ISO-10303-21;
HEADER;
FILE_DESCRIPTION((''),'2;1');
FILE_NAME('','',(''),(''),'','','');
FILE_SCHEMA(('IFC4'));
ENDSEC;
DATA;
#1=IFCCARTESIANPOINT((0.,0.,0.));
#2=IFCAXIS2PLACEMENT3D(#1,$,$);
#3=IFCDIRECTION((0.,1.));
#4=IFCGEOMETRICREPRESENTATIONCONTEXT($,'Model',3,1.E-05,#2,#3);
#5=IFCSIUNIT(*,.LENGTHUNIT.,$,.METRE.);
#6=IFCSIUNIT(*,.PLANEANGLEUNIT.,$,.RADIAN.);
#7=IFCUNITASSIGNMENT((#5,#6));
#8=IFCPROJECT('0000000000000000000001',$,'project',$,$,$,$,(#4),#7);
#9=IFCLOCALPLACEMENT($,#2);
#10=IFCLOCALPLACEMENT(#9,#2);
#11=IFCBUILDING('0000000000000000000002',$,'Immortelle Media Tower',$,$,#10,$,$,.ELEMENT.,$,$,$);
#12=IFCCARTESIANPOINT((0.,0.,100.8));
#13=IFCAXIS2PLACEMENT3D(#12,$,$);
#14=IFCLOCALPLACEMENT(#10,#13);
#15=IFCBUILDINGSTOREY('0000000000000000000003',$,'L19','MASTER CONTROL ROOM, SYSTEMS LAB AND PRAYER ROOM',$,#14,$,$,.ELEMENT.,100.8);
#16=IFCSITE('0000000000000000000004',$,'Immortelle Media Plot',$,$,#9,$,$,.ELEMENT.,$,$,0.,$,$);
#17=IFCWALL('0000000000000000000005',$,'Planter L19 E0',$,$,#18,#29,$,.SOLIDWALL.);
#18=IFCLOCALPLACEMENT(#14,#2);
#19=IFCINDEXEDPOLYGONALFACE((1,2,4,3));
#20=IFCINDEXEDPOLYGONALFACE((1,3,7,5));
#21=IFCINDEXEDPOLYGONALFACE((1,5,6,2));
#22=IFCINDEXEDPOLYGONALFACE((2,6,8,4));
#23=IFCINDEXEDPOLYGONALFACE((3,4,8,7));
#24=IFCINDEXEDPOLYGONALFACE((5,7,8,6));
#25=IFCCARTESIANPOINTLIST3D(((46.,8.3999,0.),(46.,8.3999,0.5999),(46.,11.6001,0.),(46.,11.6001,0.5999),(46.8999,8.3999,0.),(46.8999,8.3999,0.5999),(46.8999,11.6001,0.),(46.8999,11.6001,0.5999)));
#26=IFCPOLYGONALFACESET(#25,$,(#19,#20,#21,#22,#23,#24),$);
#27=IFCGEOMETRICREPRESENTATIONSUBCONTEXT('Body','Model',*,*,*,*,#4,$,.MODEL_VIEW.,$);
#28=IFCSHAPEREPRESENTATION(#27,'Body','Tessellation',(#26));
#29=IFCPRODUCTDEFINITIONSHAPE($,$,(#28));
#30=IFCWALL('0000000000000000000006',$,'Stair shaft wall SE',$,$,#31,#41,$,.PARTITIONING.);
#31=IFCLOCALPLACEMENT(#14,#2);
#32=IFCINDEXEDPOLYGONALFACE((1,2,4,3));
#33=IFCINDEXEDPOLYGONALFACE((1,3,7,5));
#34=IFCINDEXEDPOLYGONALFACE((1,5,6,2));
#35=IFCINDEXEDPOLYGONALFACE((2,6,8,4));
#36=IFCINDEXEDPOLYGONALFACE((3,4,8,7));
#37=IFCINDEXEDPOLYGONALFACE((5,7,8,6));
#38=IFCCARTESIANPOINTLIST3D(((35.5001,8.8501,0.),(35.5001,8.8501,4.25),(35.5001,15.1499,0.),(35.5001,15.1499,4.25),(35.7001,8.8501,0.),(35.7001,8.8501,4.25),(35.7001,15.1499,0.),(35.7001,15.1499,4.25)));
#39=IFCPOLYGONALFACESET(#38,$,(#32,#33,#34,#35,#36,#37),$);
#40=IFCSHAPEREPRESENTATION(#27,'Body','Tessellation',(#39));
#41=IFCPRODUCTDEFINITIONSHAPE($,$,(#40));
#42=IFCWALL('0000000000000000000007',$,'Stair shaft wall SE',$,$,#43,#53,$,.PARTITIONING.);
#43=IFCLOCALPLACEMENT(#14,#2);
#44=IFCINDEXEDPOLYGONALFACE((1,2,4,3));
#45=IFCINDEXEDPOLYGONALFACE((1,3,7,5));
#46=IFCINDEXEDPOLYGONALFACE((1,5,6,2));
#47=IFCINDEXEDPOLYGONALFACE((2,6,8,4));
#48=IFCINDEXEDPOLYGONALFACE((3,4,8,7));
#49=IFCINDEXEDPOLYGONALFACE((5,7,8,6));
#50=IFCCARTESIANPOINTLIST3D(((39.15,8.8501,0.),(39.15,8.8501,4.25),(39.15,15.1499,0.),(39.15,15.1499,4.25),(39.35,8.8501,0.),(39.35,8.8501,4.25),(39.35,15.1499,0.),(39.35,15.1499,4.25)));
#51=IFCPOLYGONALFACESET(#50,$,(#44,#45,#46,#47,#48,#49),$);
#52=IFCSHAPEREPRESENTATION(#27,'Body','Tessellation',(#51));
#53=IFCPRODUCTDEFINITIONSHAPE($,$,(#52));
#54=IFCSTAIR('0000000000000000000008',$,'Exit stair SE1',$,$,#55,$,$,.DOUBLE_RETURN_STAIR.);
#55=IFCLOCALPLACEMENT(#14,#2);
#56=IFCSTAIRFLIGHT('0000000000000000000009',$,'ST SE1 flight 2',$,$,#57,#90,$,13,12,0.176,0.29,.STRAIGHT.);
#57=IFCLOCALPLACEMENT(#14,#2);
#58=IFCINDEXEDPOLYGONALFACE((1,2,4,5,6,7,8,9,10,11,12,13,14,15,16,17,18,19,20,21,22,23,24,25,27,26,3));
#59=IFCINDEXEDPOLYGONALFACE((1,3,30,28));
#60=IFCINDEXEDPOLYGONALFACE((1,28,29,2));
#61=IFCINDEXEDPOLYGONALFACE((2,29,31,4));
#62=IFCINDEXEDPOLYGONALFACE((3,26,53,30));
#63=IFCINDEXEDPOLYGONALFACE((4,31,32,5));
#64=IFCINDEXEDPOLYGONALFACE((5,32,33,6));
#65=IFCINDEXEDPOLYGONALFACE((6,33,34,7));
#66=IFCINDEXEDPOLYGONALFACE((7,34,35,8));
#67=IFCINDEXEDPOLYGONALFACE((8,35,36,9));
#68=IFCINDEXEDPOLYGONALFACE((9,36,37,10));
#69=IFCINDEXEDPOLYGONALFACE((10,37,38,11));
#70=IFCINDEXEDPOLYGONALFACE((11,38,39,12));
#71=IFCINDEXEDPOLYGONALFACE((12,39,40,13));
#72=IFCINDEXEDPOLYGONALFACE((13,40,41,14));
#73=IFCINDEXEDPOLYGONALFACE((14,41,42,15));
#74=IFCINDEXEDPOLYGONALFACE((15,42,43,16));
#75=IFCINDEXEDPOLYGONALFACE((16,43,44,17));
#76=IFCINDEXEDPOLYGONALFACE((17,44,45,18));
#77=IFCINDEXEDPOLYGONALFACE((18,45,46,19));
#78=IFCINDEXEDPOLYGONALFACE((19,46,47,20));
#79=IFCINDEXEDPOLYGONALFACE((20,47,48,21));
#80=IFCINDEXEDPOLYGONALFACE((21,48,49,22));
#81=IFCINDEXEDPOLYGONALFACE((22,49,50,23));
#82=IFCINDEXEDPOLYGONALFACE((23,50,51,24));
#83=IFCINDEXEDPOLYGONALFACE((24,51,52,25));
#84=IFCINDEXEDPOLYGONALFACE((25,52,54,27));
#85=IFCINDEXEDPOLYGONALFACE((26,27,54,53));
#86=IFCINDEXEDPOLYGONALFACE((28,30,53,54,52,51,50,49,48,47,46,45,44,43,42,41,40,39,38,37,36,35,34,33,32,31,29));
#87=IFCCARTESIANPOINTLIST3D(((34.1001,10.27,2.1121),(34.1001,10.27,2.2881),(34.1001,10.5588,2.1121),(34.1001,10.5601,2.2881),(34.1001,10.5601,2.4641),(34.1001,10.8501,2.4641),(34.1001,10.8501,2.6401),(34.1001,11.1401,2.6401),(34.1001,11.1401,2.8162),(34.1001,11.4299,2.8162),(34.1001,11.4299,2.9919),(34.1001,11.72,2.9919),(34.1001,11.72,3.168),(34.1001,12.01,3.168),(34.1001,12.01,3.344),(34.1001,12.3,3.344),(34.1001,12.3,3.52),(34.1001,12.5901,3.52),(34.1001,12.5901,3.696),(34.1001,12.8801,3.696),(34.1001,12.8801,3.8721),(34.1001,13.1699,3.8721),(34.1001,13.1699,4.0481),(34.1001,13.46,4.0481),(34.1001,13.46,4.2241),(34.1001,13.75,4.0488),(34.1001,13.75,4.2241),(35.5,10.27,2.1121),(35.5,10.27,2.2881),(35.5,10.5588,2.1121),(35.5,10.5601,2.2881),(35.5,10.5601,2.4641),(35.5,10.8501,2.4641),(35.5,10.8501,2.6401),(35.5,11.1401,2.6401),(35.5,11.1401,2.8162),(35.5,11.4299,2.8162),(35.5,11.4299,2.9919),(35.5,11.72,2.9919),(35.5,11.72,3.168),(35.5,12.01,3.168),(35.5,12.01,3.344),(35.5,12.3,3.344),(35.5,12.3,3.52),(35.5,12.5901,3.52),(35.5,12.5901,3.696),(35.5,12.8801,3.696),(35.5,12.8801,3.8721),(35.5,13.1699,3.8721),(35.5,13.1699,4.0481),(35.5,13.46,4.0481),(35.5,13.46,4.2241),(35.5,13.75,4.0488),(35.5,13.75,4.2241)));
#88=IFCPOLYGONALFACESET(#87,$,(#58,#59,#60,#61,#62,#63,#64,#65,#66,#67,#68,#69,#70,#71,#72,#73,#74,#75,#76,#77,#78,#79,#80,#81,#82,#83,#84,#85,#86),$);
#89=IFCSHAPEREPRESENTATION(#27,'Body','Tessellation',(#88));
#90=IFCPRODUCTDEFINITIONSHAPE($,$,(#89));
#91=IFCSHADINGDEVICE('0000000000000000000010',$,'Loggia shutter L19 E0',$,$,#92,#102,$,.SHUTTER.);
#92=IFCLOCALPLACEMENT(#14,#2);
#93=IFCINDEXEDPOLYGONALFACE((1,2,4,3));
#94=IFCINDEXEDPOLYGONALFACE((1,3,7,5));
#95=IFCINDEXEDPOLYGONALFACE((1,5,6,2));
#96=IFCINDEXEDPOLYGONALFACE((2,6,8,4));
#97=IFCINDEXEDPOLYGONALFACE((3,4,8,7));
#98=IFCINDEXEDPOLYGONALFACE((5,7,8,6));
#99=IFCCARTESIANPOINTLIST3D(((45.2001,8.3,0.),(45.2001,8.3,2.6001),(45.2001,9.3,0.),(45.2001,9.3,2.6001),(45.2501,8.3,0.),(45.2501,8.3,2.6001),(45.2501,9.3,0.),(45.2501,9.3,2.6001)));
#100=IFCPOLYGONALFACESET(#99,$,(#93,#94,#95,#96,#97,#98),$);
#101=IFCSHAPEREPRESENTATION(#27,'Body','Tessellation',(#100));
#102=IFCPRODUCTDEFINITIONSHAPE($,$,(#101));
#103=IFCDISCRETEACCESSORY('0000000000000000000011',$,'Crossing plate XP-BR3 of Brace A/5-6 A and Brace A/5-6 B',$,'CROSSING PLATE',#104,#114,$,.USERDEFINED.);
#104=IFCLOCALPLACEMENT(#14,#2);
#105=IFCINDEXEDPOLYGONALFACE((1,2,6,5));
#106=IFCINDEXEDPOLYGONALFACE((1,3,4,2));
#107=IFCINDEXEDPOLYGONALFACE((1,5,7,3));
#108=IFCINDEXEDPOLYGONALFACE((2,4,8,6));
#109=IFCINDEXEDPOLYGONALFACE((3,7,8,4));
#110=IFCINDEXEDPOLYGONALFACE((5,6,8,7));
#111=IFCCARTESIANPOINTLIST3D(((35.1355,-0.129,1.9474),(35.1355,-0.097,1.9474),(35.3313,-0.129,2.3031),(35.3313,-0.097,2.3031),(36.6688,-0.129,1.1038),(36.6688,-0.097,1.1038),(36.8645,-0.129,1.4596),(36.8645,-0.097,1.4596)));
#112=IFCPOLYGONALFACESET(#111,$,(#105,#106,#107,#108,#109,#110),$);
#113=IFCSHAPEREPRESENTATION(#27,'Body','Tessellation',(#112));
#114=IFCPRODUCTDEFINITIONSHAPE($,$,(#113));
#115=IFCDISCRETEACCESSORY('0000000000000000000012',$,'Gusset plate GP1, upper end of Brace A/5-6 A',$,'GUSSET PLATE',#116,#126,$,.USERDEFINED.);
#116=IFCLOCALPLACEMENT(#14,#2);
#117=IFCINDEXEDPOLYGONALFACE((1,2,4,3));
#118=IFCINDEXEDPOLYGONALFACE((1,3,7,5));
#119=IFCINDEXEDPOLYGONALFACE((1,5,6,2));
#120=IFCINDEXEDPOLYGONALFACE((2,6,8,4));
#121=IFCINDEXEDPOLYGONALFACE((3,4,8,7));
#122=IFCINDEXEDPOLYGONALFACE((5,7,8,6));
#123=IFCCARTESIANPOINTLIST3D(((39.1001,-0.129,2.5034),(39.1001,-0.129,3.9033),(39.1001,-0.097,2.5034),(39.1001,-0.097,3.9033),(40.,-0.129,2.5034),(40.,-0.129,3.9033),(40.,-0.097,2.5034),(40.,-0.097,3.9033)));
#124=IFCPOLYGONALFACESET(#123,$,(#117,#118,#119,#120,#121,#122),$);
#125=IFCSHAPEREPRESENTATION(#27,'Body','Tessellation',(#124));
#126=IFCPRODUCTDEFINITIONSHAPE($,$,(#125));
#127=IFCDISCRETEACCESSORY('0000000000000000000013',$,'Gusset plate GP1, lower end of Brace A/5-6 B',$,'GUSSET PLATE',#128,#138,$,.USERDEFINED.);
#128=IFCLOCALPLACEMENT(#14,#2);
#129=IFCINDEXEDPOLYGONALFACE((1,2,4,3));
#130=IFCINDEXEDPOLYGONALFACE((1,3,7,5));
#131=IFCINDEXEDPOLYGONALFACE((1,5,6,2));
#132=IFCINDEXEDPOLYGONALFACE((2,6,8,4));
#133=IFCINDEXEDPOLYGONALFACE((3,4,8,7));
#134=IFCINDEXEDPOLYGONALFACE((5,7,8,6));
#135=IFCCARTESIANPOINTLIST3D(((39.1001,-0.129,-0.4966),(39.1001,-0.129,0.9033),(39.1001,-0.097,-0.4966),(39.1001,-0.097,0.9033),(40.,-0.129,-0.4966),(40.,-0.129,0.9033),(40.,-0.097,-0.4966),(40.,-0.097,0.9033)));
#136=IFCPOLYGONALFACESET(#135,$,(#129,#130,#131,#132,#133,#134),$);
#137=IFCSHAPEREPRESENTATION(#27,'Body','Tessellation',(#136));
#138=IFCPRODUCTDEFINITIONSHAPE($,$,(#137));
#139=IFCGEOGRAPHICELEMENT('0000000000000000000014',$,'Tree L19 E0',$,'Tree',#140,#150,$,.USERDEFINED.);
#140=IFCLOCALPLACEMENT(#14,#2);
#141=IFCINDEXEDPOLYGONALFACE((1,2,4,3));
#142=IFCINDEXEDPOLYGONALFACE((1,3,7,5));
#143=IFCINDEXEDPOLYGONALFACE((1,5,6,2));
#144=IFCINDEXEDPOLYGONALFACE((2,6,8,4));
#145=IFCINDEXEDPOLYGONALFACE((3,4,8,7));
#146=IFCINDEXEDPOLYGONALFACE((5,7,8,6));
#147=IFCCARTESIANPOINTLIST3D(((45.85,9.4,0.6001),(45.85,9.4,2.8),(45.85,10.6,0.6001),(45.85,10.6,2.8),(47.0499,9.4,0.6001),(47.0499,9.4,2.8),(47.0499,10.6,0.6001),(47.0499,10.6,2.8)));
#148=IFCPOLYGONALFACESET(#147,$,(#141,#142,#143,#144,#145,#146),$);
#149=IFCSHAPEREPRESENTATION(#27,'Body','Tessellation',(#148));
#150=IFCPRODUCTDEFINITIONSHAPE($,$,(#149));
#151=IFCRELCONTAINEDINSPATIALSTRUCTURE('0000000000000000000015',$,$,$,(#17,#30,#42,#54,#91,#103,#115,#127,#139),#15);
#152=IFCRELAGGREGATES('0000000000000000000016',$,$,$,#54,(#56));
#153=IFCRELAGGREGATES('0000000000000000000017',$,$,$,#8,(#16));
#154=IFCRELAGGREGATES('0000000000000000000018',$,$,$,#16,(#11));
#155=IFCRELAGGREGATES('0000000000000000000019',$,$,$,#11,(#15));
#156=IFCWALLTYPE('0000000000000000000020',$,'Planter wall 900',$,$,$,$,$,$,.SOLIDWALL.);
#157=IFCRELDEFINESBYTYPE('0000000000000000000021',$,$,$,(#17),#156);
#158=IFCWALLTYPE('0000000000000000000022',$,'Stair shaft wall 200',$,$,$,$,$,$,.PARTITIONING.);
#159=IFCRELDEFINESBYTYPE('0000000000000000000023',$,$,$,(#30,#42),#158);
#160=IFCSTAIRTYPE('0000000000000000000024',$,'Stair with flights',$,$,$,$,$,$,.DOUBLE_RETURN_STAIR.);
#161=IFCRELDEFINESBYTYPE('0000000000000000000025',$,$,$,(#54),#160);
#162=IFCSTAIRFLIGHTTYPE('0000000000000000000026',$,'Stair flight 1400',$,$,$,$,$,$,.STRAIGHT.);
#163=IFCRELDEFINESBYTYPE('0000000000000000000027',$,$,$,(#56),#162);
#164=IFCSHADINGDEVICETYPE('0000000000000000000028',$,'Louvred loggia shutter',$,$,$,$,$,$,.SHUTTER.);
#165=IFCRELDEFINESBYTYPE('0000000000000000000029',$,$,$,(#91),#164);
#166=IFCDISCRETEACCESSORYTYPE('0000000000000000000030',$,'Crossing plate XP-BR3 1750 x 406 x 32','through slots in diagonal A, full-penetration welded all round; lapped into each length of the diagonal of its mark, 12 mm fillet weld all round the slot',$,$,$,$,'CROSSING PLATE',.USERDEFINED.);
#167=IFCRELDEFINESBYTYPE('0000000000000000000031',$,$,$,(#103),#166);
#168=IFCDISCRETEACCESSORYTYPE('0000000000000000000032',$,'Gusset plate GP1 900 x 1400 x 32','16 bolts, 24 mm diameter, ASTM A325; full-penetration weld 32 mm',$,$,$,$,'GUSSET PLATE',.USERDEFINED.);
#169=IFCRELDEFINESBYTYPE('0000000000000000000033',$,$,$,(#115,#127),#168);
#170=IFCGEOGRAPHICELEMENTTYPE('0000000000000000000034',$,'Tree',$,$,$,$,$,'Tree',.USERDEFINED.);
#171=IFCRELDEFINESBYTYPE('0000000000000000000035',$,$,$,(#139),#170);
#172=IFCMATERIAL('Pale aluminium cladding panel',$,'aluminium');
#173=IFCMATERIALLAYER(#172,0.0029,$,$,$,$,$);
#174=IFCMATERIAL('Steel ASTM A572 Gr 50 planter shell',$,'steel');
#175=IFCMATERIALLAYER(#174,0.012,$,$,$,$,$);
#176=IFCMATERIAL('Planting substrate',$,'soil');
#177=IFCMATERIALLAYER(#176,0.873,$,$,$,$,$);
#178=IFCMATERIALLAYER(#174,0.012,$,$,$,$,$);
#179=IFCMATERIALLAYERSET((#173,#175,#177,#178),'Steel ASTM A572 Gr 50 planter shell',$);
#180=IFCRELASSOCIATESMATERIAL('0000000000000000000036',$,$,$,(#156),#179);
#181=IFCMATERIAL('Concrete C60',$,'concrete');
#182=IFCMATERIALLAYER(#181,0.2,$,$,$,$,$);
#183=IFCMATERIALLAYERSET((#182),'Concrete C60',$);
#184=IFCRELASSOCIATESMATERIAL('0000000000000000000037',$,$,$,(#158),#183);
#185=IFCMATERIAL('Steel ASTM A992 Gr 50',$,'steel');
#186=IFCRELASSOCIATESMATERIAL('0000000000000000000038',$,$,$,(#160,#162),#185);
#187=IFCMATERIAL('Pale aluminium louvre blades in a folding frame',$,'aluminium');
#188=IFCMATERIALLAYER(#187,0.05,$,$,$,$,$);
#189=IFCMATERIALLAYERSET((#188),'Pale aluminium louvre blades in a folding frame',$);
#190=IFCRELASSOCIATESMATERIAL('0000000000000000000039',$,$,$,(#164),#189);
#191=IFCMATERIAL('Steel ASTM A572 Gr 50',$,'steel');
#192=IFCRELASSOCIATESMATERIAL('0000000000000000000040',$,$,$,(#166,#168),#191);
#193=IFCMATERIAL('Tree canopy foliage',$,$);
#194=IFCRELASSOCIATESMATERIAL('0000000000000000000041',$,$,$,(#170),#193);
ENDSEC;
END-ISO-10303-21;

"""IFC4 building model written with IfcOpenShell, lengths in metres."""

from ifc_helpers import new_model, si_unit, direction, frame, frame_2d, origin, origin_2d, place, context, subcontext, project, spatial, polyline, rectangle, outline, extrude, material, layer, layer_set, material_profile, profile_set, type_object, element, aggregate, save


model = new_model("IFC4")

# Units and contexts
model_context = context("Model", 3, precision=1e-05, world=origin(), true_north=direction((0.0, 1.0)))
body_context = subcontext(model_context, "Body", "Model", "MODEL_VIEW")
ifc_project = project(units=[si_unit("LENGTHUNIT", "METRE"), si_unit("PLANEANGLEUNIT", "RADIAN")], contexts=[model_context])

# Site, building, storey
site_placement = place(None, origin())
site = spatial("IfcSite", under=ifc_project, at=site_placement, Name="Immortelle Media Plot", CompositionType="ELEMENT", RefElevation=0.0)
building_placement = place(site_placement, origin())
building = spatial("IfcBuilding", under=site, at=building_placement, Name="Immortelle Media Tower", CompositionType="ELEMENT")
storey_placement = place(building_placement, frame((0.0, 0.0, 100.8)))
storey = spatial("IfcBuildingStorey", under=building, at=storey_placement, Name="L19", Description="MASTER CONTROL ROOM, SYSTEMS LAB AND PRAYER ROOM", CompositionType="ELEMENT", Elevation=100.8)

# Shared definitions
ifc_material_1 = material(Name="Steel ASTM A992 Gr 50", Category="steel")

# Shared definitions
ifc_material_2 = material(Name="Pale aluminium cladding panel", Category="aluminium")

# Walls
ifc_layer_1 = layer(ifc_material_2, 0.0029)
ifc_material_3 = material(Name="Steel ASTM A572 Gr 50 planter shell", Category="steel")
ifc_layer_2 = layer(ifc_material_3, 0.012)
ifc_material_4 = material(Name="Planting substrate", Category="soil")
ifc_layer_3 = layer(ifc_material_4, 0.873)
ifc_layer_4 = layer(ifc_material_3, 0.012)
ifc_layer_set_1 = layer_set([ifc_layer_1, ifc_layer_2, ifc_layer_3, ifc_layer_4], Name="Steel ASTM A572 Gr 50 planter shell")
wall_type_1 = type_object("IfcWallType", Name="Planter wall 900", PredefinedType="SOLIDWALL", material=ifc_layer_set_1)
wall_1_placement = place(storey_placement, frame((46.45, 8.3999, 0.0), z_axis=(0.0, 0.0, 1.0), x_axis=(0.0, 1.0, 0.0)))
element("IfcWall", 1, at=wall_1_placement, inside=storey, type_object=wall_type_1, Name="Planter L19 E0", PredefinedType="SOLIDWALL", context=body_context, shape_type="SweptSolid", body=[
    extrude(rectangle(XDim=3.2002, YDim=0.8999, at=frame_2d((1.6001, 0.0))), origin(), (0.0, 0.0, 1.0), 0.5999),
])
ifc_material_5 = material(Name="Concrete C60", Category="concrete")
ifc_layer_5 = layer(ifc_material_5, 0.2)
ifc_layer_set_2 = layer_set([ifc_layer_5], Name="Concrete C60")
wall_type_2 = type_object("IfcWallType", Name="Stair shaft wall 200", PredefinedType="PARTITIONING", material=ifc_layer_set_2)
for number, where, z_axis, x_axis, name in (
    (2, (35.6001, 8.8501, 0.0), (0.0, 0.0, 1.0), (0.0, 1.0, 0.0), "Stair shaft wall SE"),
    (3, (39.25, 8.8501, 0.0), (0.0, 0.0, 1.0), (0.0, 1.0, 0.0), "Stair shaft wall SE"),
):
    element("IfcWall", number, at=place(storey_placement, frame(where, z_axis=z_axis, x_axis=x_axis)), inside=storey, type_object=wall_type_2, Name=name, PredefinedType="PARTITIONING", context=body_context, shape_type="SweptSolid", body=[
        extrude(rectangle(XDim=6.2998, YDim=0.2, at=frame_2d((3.1499, 0.0))), origin(), (0.0, 0.0, 1.0), 4.25),
    ])

# Stair, stair flight
stair_type = type_object("IfcStairType", Name="Stair with flights", PredefinedType="DOUBLE_RETURN_STAIR", material=ifc_material_1)
stair_placement = place(storey_placement, origin())
stair = element("IfcStair", 4, at=stair_placement, inside=storey, type_object=stair_type, Name="Exit stair SE1", PredefinedType="DOUBLE_RETURN_STAIR")
stair_flight_type = type_object("IfcStairFlightType", Name="Stair flight 1400", PredefinedType="STRAIGHT", material=ifc_material_1)
stair_flight_placement = place(storey_placement, frame((34.8, 10.27, 2.1121), z_axis=(0.0, 0.0, 1.0), x_axis=(0.0, 1.0, 0.0)))
stair_flight = element("IfcStairFlight", 5, at=stair_flight_placement, type_object=stair_flight_type, Name="ST SE1 flight 2", NumberOfRisers=13, NumberOfTreads=12, PredefinedType="STRAIGHT", RiserHeight=0.176, TreadLength=0.29, context=body_context, shape_type="SweptSolid", body=[
    extrude(outline(polyline([(0.0, 0.0), (0.0, 0.176), (0.29, 0.176), (0.29, 0.3521), (0.5801, 0.3521), (0.5801, 0.5281), (0.8701, 0.5281), (0.8701, 0.7041), (1.1599, 0.7041), (1.1599, 0.8799), (1.45, 0.8799), (1.45, 1.0559), (1.74, 1.0559), (1.74, 1.2319), (2.03, 1.2319), (2.03, 1.408), (2.3201, 1.408), (2.3201, 1.584), (2.6101, 1.584), (2.6101, 1.76), (2.8999, 1.76), (2.8999, 1.936), (3.1899, 1.936), (3.1899, 2.1121), (3.48, 2.1121), (3.48, 2.2881), (3.48, 1.9368), (0.2888, 0.0), (0.0, 0.0)])), frame((0.0, 0.7, 0.0), z_axis=(0.0, -1.0, 0.0), x_axis=(1.0, 0.0, 0.0)), (0.0, 0.0, 1.0), 1.3999),
])
aggregate(stair, [stair_flight])

# Shading device
ifc_material_6 = material(Name="Pale aluminium louvre blades in a folding frame", Category="aluminium")
ifc_layer_6 = layer(ifc_material_6, 0.05)
ifc_layer_set_3 = layer_set([ifc_layer_6], Name="Pale aluminium louvre blades in a folding frame")
shading_device_type = type_object("IfcShadingDeviceType", Name="Louvred loggia shutter", PredefinedType="SHUTTER", material=ifc_layer_set_3)
shading_device_placement = place(storey_placement, frame((45.2251, 8.8, 0.0), z_axis=(0.0, 0.0, 1.0), x_axis=(0.0, 1.0, 0.0)))
element("IfcShadingDevice", 6, at=shading_device_placement, inside=storey, type_object=shading_device_type, Name="Loggia shutter L19 E0", PredefinedType="SHUTTER", context=body_context, shape_type="SweptSolid", body=[
    extrude(rectangle(XDim=1.0, YDim=0.05, at=origin_2d()), origin(), (0.0, 0.0, 1.0), 2.6001),
])

# Discrete accessories
ifc_material_7 = material(Name="Steel ASTM A572 Gr 50", Category="steel")
ifc_material_profile_1 = material_profile(ifc_material_7, rectangle(XDim=0.032, YDim=0.406, at=origin_2d()), Name="PL 32 x 406")
ifc_profile_set_1 = profile_set([ifc_material_profile_1], Name="Steel ASTM A572 Gr 50")
discrete_accessory_type_1 = type_object("IfcDiscreteAccessoryType", Name="Crossing plate XP-BR3 1750 x 406 x 32", Description="through slots in diagonal A, full-penetration welded all round; lapped into each length of the diagonal of its mark, 12 mm fillet weld all round the slot", ElementType="CROSSING PLATE", PredefinedType="USERDEFINED", material=ifc_profile_set_1)
discrete_accessory_placement = place(storey_placement, frame((35.2334, -0.113, 2.1252), z_axis=(0.876157, 0.0, -0.482026), x_axis=(0.0, 1.0, 0.0)))
element("IfcDiscreteAccessory", 7, at=discrete_accessory_placement, inside=storey, type_object=discrete_accessory_type_1, Name="Crossing plate XP-BR3 of Brace A/5-6 A and Brace A/5-6 B", ObjectType="CROSSING PLATE", PredefinedType="USERDEFINED", context=body_context, shape_type="SweptSolid", body=[
    extrude(rectangle(XDim=0.032, YDim=0.406, at=origin_2d()), origin(), (0.0, 0.0, 1.0), 1.75),
])
ifc_material_profile_2 = material_profile(ifc_material_7, rectangle(XDim=0.032, YDim=1.3999, at=origin_2d()), Name="PL 32 x 1400")
ifc_profile_set_2 = profile_set([ifc_material_profile_2], Name="Steel ASTM A572 Gr 50")
discrete_accessory_type_2 = type_object("IfcDiscreteAccessoryType", Name="Gusset plate GP1 900 x 1400 x 32", Description="16 bolts, 24 mm diameter, ASTM A325; full-penetration weld 32 mm", ElementType="GUSSET PLATE", PredefinedType="USERDEFINED", material=ifc_profile_set_2)
for number, where, z_axis, x_axis, name in (
    (8, (40.0, -0.113, 3.2034), (-1.0, 0.0, 0.0), (0.0, -1.0, 0.0), "Gusset plate GP1, upper end of Brace A/5-6 A"),
    (9, (40.0, -0.113, 0.2034), (-1.0, 0.0, 0.0), (0.0, -1.0, 0.0), "Gusset plate GP1, lower end of Brace A/5-6 B"),
):
    element("IfcDiscreteAccessory", number, at=place(storey_placement, frame(where, z_axis=z_axis, x_axis=x_axis)), inside=storey, type_object=discrete_accessory_type_2, Name=name, ObjectType="GUSSET PLATE", PredefinedType="USERDEFINED", context=body_context, shape_type="SweptSolid", body=[
        extrude(rectangle(XDim=0.032, YDim=1.3999, at=origin_2d()), origin(), (0.0, 0.0, 1.0), 0.8999),
    ])

# Geographic element
ifc_material_8 = material(Name="Tree canopy foliage")
geographic_element_type = type_object("IfcGeographicElementType", Name="Tree", ElementType="Tree", PredefinedType="USERDEFINED", material=ifc_material_8)
geographic_element_placement = place(storey_placement, frame((46.45, 10.0, 0.6001), z_axis=(0.0, 0.0, 1.0), x_axis=(1.0, 0.0, 0.0)))
element("IfcGeographicElement", 10, at=geographic_element_placement, inside=storey, type_object=geographic_element_type, Name="Tree L19 E0", ObjectType="Tree", PredefinedType="USERDEFINED", context=body_context, shape_type="SweptSolid", body=[
    extrude(rectangle(XDim=1.2, YDim=1.2, at=origin_2d()), origin(), (0.0, 0.0, 1.0), 2.2),
])

save(model, "model.ifc")
